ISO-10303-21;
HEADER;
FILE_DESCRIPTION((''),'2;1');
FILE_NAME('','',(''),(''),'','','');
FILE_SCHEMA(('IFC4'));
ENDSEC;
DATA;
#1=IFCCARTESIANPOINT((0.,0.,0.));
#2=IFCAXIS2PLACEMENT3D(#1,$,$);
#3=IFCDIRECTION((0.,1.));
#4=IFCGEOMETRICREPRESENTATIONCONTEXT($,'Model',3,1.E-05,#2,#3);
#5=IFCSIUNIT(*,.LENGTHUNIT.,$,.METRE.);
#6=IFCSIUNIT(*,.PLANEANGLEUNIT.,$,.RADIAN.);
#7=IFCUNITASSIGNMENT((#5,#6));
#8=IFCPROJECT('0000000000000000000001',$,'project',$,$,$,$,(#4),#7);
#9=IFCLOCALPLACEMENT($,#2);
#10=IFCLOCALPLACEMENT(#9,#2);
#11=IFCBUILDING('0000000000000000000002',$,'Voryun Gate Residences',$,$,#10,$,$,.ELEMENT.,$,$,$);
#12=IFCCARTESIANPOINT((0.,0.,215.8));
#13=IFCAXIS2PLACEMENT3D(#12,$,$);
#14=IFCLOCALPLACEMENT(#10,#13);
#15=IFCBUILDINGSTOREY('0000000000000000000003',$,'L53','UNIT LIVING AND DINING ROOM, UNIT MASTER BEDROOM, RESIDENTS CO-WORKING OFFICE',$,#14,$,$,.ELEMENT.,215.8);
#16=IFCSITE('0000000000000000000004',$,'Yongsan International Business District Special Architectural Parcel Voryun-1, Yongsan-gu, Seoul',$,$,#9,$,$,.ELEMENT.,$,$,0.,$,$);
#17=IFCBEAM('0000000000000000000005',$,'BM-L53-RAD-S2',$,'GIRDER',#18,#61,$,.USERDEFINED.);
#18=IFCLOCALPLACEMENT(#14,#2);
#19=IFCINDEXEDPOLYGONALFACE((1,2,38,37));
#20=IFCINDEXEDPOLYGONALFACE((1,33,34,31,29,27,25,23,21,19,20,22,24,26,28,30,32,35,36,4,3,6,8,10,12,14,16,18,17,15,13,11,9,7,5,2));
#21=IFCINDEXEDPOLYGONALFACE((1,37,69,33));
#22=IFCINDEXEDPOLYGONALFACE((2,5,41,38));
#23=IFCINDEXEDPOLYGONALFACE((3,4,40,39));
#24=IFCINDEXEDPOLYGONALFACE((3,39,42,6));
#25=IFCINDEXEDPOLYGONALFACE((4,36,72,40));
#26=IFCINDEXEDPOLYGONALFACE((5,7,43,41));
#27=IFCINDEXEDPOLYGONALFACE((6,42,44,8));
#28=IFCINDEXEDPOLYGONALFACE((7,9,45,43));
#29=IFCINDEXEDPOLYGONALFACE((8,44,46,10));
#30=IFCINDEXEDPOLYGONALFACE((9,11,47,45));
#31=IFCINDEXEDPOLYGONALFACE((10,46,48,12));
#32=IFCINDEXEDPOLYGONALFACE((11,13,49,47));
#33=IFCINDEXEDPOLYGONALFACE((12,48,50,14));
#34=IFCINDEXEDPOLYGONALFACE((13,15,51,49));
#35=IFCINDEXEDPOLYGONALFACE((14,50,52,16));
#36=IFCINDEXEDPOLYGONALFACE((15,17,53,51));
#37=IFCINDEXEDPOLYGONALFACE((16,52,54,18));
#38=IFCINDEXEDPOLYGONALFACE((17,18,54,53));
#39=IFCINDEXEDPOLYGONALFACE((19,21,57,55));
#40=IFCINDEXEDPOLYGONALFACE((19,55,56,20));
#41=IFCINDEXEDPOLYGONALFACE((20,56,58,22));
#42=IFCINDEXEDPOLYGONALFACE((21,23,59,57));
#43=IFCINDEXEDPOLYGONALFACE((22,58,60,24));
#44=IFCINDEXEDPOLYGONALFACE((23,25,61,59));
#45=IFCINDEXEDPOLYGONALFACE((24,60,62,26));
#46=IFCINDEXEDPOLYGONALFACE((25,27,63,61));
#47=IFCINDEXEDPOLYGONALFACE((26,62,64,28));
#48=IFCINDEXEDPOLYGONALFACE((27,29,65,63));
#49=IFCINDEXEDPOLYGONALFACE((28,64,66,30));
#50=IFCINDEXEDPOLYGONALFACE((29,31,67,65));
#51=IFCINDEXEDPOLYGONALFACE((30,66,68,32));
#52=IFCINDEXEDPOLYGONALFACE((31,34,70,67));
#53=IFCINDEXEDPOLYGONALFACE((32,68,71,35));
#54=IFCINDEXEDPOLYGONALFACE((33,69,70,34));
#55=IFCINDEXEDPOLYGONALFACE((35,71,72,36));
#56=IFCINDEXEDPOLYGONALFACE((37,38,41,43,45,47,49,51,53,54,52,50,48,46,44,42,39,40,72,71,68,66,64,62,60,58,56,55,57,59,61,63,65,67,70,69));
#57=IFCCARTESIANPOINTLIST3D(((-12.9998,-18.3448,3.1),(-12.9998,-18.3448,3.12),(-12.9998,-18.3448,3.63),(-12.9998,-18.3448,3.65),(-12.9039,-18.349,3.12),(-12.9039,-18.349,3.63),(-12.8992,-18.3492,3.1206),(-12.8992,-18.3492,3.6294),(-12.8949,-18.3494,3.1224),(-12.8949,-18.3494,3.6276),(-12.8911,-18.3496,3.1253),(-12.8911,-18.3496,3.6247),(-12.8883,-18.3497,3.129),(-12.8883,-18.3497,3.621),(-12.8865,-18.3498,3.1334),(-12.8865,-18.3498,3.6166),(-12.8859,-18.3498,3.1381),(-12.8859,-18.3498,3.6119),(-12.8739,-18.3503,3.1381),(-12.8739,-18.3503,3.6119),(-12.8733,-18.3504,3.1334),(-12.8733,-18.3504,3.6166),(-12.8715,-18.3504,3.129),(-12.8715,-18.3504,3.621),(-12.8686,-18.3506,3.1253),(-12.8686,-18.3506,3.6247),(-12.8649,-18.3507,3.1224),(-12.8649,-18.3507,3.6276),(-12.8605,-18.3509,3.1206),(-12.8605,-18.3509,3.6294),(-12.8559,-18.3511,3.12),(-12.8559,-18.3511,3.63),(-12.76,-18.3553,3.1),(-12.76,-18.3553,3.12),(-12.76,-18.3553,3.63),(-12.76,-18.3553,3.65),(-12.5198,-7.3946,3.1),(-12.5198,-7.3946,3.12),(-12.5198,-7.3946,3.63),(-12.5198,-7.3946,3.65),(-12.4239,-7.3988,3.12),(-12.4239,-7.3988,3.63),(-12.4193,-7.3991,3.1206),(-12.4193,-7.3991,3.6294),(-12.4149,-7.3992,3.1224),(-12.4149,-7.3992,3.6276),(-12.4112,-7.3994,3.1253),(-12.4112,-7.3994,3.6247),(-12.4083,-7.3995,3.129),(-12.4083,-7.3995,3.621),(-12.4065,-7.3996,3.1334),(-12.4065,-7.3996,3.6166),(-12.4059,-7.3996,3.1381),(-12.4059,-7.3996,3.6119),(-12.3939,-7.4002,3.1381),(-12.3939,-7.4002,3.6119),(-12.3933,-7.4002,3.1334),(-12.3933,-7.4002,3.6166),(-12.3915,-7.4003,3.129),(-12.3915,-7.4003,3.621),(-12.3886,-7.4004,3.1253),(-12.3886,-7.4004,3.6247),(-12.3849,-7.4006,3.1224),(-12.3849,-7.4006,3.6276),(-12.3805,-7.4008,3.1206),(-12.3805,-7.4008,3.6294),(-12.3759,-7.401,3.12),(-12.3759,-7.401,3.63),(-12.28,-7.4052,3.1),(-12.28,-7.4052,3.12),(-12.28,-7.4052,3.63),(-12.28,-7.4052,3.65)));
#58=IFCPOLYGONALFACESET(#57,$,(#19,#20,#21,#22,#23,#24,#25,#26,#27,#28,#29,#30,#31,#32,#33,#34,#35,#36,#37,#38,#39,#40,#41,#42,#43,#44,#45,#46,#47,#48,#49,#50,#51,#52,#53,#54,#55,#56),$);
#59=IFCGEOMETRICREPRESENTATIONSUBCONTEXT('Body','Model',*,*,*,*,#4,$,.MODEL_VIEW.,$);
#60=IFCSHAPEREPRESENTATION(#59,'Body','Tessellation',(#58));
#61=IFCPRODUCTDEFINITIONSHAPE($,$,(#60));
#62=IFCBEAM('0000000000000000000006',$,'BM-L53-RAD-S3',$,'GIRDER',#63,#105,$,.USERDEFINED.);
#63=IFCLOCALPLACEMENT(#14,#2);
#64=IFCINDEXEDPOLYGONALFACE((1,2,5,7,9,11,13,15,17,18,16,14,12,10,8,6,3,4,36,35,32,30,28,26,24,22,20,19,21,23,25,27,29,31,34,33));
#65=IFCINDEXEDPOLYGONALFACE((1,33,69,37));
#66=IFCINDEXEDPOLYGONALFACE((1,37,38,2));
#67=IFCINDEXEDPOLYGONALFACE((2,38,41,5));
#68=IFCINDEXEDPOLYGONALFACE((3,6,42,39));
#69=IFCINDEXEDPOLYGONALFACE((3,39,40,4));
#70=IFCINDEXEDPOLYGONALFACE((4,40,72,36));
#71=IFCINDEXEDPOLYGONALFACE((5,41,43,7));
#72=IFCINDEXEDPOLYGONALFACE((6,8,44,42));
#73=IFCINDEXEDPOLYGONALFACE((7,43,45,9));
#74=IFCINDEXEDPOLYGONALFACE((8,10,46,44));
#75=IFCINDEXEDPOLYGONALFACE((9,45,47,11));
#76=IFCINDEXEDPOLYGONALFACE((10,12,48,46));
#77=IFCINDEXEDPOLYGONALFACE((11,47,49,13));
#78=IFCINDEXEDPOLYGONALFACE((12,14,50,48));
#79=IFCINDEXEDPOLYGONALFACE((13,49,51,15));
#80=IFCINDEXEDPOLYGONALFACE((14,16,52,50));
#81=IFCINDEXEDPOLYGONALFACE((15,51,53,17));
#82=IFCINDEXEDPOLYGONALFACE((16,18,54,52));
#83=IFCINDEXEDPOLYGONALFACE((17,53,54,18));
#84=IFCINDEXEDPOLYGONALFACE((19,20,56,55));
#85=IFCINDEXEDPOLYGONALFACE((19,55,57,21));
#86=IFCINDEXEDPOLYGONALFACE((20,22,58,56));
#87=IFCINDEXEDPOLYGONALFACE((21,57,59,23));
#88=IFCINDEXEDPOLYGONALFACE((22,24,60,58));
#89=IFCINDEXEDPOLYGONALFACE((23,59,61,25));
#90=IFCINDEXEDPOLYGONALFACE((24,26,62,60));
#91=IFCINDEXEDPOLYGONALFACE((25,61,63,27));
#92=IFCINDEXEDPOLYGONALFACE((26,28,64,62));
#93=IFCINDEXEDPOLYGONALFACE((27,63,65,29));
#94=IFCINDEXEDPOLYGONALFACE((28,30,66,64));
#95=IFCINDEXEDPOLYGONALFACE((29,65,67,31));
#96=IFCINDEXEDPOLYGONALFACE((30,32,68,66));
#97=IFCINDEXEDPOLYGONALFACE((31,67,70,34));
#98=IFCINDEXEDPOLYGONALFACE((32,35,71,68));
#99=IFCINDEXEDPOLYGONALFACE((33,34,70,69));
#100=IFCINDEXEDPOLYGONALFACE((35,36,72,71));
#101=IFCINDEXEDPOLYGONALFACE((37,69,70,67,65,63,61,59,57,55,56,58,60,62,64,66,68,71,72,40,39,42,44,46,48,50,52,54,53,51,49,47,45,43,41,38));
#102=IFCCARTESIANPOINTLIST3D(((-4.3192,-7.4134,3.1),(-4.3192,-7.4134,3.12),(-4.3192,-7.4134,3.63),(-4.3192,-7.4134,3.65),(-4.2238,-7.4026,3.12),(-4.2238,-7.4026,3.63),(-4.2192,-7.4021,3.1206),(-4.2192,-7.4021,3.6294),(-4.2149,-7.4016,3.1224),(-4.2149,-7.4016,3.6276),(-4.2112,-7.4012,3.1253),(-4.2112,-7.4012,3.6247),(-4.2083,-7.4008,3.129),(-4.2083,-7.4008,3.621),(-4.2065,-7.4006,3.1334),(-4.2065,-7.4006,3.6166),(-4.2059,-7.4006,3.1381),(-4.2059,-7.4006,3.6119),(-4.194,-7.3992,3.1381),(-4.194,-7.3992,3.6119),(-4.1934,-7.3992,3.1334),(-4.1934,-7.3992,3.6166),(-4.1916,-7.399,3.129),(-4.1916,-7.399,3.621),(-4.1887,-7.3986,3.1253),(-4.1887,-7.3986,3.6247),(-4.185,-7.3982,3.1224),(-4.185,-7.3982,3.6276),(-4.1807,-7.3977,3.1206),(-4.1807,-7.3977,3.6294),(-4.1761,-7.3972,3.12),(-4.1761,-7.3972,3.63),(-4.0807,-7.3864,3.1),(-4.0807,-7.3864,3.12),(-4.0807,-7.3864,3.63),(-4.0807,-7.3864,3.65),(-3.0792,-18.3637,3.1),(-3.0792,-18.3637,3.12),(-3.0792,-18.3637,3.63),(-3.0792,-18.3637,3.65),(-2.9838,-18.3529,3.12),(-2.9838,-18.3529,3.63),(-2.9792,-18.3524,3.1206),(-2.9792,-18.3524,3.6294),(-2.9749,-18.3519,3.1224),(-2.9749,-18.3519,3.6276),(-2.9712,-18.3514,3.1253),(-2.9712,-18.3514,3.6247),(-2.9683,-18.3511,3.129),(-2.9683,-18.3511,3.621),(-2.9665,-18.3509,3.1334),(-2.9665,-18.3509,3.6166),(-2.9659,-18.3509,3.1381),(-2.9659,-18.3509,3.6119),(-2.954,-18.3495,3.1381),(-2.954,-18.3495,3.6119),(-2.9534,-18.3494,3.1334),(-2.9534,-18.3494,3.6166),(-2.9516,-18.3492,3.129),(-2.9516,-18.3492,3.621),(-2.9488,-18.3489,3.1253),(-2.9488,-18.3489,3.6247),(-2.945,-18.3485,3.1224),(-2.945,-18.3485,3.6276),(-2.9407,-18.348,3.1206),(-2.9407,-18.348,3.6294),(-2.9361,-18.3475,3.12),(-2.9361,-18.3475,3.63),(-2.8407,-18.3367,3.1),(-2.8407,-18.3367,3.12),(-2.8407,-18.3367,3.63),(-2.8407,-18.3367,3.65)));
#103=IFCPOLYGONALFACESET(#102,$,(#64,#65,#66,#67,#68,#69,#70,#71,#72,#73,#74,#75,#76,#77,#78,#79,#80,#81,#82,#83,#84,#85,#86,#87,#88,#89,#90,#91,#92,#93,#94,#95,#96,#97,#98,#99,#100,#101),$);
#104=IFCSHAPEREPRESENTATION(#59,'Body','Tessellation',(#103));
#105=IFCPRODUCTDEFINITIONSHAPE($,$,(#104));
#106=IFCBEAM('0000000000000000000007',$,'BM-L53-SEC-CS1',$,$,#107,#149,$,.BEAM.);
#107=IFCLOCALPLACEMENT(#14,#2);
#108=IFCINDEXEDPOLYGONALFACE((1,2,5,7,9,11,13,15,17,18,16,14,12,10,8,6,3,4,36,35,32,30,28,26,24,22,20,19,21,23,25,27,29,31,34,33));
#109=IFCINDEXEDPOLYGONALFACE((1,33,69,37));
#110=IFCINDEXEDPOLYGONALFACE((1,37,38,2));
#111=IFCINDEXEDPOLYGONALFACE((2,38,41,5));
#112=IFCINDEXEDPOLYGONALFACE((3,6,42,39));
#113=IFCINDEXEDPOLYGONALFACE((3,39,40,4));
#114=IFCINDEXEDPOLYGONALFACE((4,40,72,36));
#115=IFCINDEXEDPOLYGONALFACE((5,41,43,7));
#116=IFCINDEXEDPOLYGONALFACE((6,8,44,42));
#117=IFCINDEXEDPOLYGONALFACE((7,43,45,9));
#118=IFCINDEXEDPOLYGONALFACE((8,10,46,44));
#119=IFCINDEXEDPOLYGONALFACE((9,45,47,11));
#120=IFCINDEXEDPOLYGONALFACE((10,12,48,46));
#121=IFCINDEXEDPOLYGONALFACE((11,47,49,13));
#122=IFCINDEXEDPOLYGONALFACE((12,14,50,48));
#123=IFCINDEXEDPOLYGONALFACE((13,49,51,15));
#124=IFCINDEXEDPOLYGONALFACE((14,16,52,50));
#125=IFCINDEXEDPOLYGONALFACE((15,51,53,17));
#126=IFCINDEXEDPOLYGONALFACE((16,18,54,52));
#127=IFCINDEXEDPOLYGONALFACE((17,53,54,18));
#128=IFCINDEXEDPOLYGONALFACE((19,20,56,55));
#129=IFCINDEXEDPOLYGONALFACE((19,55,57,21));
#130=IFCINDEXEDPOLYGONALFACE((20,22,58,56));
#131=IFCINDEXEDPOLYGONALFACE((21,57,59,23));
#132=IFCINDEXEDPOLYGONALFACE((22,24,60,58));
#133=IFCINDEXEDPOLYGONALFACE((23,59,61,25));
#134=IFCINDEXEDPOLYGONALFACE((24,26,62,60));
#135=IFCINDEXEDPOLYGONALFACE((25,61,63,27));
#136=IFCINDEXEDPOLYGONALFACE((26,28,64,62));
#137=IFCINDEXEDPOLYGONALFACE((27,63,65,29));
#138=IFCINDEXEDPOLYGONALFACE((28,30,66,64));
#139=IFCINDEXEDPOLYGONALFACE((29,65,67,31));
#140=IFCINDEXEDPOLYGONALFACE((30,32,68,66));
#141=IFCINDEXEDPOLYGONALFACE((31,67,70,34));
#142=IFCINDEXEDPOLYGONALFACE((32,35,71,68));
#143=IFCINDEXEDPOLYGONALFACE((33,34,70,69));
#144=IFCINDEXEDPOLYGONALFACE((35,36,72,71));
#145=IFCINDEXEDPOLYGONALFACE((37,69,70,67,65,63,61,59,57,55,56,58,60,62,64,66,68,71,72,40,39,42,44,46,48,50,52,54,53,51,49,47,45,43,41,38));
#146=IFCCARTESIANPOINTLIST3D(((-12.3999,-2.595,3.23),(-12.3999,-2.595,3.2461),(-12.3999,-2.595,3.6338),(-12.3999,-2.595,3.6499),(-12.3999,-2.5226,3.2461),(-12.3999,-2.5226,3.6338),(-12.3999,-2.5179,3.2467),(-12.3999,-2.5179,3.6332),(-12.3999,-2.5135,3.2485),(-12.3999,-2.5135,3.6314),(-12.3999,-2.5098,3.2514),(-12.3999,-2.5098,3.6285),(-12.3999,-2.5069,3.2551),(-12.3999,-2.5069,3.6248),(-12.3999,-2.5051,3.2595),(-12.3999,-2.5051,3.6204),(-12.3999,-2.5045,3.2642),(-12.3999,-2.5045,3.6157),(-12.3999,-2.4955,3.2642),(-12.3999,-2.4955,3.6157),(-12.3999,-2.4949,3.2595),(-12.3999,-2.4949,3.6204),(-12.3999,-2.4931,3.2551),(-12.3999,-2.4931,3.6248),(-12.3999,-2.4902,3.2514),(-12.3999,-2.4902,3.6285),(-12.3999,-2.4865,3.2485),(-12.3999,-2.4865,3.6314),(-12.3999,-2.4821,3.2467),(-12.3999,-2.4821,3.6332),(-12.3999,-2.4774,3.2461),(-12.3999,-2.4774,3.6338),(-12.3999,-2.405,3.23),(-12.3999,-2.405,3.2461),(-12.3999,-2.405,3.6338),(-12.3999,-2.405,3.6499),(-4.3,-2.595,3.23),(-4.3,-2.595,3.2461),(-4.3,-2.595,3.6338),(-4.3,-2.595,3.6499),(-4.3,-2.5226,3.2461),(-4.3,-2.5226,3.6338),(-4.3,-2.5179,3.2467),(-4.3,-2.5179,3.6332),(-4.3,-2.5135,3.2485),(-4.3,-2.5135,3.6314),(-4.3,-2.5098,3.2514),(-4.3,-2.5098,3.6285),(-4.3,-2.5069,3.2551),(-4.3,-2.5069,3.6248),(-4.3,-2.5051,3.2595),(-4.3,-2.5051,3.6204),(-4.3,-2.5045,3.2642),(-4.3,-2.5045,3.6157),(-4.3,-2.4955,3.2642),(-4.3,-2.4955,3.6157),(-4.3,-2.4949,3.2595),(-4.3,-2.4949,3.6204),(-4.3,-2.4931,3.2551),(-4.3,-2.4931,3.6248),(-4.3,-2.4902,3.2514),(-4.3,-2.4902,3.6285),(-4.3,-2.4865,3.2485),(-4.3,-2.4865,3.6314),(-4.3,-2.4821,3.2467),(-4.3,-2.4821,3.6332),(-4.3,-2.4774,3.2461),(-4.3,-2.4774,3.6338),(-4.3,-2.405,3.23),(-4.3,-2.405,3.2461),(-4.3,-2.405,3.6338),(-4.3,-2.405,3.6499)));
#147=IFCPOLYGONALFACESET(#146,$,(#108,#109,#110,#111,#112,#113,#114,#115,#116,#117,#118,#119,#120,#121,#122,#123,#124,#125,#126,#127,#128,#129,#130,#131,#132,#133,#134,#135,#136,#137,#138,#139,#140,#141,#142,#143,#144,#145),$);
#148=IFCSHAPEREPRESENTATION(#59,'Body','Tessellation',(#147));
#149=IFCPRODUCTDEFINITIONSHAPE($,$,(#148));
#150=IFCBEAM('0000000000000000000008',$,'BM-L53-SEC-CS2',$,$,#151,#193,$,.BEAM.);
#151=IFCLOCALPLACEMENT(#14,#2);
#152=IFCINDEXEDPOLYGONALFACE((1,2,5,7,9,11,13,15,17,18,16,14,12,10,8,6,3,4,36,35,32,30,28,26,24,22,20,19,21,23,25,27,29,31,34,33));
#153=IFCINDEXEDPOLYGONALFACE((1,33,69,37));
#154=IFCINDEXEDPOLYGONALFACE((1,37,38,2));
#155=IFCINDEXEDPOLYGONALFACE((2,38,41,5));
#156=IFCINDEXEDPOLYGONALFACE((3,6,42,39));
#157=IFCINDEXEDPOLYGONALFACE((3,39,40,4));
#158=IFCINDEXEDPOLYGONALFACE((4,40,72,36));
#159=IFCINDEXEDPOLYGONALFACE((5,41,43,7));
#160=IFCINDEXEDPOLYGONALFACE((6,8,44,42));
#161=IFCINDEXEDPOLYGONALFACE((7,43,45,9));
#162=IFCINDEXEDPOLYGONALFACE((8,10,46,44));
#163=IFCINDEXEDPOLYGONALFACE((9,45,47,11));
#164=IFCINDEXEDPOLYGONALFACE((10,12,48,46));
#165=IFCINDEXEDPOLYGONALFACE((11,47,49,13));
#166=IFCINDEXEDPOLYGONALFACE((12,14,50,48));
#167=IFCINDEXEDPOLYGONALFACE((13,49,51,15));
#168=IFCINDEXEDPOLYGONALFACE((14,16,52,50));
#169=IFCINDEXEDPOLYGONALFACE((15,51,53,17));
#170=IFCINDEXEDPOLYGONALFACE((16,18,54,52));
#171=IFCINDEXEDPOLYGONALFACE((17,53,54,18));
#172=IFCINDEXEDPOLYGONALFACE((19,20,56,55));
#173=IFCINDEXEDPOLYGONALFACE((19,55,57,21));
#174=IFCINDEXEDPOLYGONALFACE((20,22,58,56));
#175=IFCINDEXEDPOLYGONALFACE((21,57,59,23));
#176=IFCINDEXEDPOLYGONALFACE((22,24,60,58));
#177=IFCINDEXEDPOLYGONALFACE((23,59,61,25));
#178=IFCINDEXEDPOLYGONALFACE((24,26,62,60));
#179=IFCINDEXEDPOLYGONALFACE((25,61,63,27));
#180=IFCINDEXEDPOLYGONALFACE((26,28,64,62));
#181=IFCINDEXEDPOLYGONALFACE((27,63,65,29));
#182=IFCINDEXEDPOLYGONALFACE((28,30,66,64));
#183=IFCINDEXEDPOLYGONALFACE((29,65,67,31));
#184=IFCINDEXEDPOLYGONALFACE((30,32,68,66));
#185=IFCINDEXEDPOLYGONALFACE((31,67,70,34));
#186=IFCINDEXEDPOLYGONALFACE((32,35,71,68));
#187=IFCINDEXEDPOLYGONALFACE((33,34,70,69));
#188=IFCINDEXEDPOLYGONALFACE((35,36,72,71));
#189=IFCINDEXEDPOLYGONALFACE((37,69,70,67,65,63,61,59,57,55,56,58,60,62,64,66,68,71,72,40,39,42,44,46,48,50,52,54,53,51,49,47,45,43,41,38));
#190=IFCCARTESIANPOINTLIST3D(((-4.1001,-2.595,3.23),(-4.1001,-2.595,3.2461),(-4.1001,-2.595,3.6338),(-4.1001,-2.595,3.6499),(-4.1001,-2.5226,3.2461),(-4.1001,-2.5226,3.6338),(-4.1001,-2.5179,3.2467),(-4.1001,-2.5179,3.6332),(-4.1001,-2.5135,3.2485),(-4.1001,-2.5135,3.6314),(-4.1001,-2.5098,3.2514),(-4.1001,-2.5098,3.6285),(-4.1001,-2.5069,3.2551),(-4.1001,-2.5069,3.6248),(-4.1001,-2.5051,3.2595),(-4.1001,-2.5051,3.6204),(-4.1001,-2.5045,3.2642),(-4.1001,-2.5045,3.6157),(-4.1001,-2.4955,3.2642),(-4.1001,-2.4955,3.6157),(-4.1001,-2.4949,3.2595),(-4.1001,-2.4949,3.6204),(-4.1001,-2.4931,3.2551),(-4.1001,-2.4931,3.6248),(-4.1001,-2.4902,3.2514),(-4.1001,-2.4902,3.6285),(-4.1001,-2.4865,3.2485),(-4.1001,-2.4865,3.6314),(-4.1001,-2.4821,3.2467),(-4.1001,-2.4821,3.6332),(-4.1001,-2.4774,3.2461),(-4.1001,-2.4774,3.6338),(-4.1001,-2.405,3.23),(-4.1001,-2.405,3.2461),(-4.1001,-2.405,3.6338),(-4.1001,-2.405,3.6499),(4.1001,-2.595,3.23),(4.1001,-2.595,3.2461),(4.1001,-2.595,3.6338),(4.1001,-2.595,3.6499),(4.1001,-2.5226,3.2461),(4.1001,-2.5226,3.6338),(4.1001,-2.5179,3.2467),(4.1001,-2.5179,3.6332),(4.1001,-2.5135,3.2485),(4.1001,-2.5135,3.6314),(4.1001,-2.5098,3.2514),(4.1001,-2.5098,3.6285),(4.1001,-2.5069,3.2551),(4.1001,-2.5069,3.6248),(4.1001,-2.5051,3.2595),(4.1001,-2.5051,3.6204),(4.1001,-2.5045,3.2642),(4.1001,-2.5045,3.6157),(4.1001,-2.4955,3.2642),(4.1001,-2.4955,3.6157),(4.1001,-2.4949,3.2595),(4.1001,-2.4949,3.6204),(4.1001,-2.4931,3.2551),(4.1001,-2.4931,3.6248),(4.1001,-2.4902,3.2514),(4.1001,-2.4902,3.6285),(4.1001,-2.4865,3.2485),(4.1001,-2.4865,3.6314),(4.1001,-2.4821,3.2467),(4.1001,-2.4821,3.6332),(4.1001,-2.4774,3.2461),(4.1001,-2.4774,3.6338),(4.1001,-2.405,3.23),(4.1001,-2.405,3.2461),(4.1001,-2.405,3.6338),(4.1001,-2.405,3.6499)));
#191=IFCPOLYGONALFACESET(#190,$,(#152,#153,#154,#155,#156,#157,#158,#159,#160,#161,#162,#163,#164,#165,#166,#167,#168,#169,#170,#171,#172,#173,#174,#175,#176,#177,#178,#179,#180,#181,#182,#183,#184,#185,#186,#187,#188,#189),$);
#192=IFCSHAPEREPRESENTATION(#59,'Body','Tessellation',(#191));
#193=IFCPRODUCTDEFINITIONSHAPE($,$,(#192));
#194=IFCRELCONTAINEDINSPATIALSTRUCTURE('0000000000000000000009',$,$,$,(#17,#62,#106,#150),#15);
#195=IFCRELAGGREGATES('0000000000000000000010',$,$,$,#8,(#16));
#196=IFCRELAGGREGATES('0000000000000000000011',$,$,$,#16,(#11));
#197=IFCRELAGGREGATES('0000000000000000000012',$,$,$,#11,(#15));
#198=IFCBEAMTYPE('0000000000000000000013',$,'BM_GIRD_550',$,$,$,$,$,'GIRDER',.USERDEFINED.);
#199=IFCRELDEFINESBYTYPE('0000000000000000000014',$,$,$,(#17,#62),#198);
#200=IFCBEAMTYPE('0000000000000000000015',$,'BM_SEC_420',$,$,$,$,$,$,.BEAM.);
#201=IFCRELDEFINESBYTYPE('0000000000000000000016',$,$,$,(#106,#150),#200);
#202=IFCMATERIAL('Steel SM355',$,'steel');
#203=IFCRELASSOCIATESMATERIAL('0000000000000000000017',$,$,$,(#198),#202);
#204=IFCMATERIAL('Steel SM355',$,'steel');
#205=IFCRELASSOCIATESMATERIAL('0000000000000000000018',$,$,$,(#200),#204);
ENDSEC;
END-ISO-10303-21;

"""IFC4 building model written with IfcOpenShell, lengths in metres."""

from ifc_helpers import new_model, si_unit, direction, frame, origin, origin_2d, place, context, subcontext, project, spatial, i_section, extrude, material, material_profile, profile_set, type_object, element, save


model = new_model("IFC4")

# Units and contexts
model_context = context("Model", 3, precision=1e-05, world=origin(), true_north=direction((0.0, 1.0)))
body_context = subcontext(model_context, "Body", "Model", "MODEL_VIEW")
ifc_project = project(units=[si_unit("LENGTHUNIT", "METRE"), si_unit("PLANEANGLEUNIT", "RADIAN")], contexts=[model_context])

# Site, building, storey
site_placement = place(None, origin())
site = spatial("IfcSite", under=ifc_project, at=site_placement, Name="Yongsan International Business District Special Architectural Parcel Voryun-1, Yongsan-gu, Seoul", CompositionType="ELEMENT", RefElevation=0.0)
building_placement = place(site_placement, origin())
building = spatial("IfcBuilding", under=site, at=building_placement, Name="Voryun Gate Residences", CompositionType="ELEMENT")
storey_placement = place(building_placement, frame((0.0, 0.0, 215.8)))
storey = spatial("IfcBuildingStorey", under=building, at=storey_placement, Name="L53", Description="UNIT LIVING AND DINING ROOM, UNIT MASTER BEDROOM, RESIDENTS CO-WORKING OFFICE", CompositionType="ELEMENT", Elevation=215.8)

# Beams
ifc_material_1 = material(Name="Steel SM355", Category="steel")
ifc_material_profile_1 = material_profile(ifc_material_1, i_section(OverallWidth=0.24, OverallDepth=0.55, WebThickness=0.012, FlangeThickness=0.02, FilletRadius=0.0181, at=origin_2d()), Name="H-550x240x12x20")
ifc_profile_set_1 = profile_set([ifc_material_profile_1], Name="Steel SM355")
beam_type_1 = type_object("IfcBeamType", Name="BM_GIRD_550", ElementType="GIRDER", PredefinedType="USERDEFINED", material=ifc_profile_set_1)
beam_1_placement = place(storey_placement, frame((-12.3999, -7.3999, 3.375), z_axis=(-0.043791, -0.999041, 0.0), x_axis=(0.999041, -0.043791, 0.0)))
element("IfcBeam", 1, at=beam_1_placement, inside=storey, type_object=beam_type_1, Name="BM-L53-RAD-S2", ObjectType="GIRDER", PredefinedType="USERDEFINED", context=body_context, shape_type="SweptSolid", body=[
    extrude(i_section(OverallWidth=0.24, OverallDepth=0.55, WebThickness=0.012, FlangeThickness=0.02, FilletRadius=0.0181, at=origin_2d()), origin(), (0.0, 0.0, 1.0), 10.9607),
])
beam_2_placement = place(storey_placement, frame((-4.2, -7.3999, 3.375), z_axis=(0.11252, -0.993649, 0.0), x_axis=(0.993649, 0.11252, 0.0)))
element("IfcBeam", 2, at=beam_2_placement, inside=storey, type_object=beam_type_1, Name="BM-L53-RAD-S3", ObjectType="GIRDER", PredefinedType="USERDEFINED", context=body_context, shape_type="SweptSolid", body=[
    extrude(i_section(OverallWidth=0.24, OverallDepth=0.55, WebThickness=0.012, FlangeThickness=0.02, FilletRadius=0.0181, at=origin_2d()), origin(), (0.0, 0.0, 1.0), 11.0203),
])
ifc_material_2 = material(Name="Steel SM355", Category="steel")
ifc_material_profile_2 = material_profile(ifc_material_2, i_section(OverallWidth=0.1899, OverallDepth=0.4199, WebThickness=0.009, FlangeThickness=0.0161, FilletRadius=0.0181, at=origin_2d()), Name="H-420x190x9x16")
ifc_profile_set_2 = profile_set([ifc_material_profile_2], Name="Steel SM355")
beam_type_2 = type_object("IfcBeamType", Name="BM_SEC_420", PredefinedType="BEAM", material=ifc_profile_set_2)
beam_3_placement = place(storey_placement, frame((-12.3999, -2.5, 3.4399), z_axis=(1.0, 0.0, 0.0), x_axis=(0.0, 1.0, 0.0)))
element("IfcBeam", 3, at=beam_3_placement, inside=storey, type_object=beam_type_2, Name="BM-L53-SEC-CS1", PredefinedType="BEAM", context=body_context, shape_type="SweptSolid", body=[
    extrude(i_section(OverallWidth=0.1899, OverallDepth=0.4199, WebThickness=0.009, FlangeThickness=0.0161, FilletRadius=0.0181, at=origin_2d()), origin(), (0.0, 0.0, 1.0), 8.0999),
])
beam_4_placement = place(storey_placement, frame((-4.1001, -2.5, 3.4399), z_axis=(1.0, 0.0, 0.0), x_axis=(0.0, 1.0, 0.0)))
element("IfcBeam", 4, at=beam_4_placement, inside=storey, type_object=beam_type_2, Name="BM-L53-SEC-CS2", PredefinedType="BEAM", context=body_context, shape_type="SweptSolid", body=[
    extrude(i_section(OverallWidth=0.1899, OverallDepth=0.4199, WebThickness=0.009, FlangeThickness=0.0161, FilletRadius=0.0181, at=origin_2d()), origin(), (0.0, 0.0, 1.0), 8.2002),
])

save(model, "model.ifc")
